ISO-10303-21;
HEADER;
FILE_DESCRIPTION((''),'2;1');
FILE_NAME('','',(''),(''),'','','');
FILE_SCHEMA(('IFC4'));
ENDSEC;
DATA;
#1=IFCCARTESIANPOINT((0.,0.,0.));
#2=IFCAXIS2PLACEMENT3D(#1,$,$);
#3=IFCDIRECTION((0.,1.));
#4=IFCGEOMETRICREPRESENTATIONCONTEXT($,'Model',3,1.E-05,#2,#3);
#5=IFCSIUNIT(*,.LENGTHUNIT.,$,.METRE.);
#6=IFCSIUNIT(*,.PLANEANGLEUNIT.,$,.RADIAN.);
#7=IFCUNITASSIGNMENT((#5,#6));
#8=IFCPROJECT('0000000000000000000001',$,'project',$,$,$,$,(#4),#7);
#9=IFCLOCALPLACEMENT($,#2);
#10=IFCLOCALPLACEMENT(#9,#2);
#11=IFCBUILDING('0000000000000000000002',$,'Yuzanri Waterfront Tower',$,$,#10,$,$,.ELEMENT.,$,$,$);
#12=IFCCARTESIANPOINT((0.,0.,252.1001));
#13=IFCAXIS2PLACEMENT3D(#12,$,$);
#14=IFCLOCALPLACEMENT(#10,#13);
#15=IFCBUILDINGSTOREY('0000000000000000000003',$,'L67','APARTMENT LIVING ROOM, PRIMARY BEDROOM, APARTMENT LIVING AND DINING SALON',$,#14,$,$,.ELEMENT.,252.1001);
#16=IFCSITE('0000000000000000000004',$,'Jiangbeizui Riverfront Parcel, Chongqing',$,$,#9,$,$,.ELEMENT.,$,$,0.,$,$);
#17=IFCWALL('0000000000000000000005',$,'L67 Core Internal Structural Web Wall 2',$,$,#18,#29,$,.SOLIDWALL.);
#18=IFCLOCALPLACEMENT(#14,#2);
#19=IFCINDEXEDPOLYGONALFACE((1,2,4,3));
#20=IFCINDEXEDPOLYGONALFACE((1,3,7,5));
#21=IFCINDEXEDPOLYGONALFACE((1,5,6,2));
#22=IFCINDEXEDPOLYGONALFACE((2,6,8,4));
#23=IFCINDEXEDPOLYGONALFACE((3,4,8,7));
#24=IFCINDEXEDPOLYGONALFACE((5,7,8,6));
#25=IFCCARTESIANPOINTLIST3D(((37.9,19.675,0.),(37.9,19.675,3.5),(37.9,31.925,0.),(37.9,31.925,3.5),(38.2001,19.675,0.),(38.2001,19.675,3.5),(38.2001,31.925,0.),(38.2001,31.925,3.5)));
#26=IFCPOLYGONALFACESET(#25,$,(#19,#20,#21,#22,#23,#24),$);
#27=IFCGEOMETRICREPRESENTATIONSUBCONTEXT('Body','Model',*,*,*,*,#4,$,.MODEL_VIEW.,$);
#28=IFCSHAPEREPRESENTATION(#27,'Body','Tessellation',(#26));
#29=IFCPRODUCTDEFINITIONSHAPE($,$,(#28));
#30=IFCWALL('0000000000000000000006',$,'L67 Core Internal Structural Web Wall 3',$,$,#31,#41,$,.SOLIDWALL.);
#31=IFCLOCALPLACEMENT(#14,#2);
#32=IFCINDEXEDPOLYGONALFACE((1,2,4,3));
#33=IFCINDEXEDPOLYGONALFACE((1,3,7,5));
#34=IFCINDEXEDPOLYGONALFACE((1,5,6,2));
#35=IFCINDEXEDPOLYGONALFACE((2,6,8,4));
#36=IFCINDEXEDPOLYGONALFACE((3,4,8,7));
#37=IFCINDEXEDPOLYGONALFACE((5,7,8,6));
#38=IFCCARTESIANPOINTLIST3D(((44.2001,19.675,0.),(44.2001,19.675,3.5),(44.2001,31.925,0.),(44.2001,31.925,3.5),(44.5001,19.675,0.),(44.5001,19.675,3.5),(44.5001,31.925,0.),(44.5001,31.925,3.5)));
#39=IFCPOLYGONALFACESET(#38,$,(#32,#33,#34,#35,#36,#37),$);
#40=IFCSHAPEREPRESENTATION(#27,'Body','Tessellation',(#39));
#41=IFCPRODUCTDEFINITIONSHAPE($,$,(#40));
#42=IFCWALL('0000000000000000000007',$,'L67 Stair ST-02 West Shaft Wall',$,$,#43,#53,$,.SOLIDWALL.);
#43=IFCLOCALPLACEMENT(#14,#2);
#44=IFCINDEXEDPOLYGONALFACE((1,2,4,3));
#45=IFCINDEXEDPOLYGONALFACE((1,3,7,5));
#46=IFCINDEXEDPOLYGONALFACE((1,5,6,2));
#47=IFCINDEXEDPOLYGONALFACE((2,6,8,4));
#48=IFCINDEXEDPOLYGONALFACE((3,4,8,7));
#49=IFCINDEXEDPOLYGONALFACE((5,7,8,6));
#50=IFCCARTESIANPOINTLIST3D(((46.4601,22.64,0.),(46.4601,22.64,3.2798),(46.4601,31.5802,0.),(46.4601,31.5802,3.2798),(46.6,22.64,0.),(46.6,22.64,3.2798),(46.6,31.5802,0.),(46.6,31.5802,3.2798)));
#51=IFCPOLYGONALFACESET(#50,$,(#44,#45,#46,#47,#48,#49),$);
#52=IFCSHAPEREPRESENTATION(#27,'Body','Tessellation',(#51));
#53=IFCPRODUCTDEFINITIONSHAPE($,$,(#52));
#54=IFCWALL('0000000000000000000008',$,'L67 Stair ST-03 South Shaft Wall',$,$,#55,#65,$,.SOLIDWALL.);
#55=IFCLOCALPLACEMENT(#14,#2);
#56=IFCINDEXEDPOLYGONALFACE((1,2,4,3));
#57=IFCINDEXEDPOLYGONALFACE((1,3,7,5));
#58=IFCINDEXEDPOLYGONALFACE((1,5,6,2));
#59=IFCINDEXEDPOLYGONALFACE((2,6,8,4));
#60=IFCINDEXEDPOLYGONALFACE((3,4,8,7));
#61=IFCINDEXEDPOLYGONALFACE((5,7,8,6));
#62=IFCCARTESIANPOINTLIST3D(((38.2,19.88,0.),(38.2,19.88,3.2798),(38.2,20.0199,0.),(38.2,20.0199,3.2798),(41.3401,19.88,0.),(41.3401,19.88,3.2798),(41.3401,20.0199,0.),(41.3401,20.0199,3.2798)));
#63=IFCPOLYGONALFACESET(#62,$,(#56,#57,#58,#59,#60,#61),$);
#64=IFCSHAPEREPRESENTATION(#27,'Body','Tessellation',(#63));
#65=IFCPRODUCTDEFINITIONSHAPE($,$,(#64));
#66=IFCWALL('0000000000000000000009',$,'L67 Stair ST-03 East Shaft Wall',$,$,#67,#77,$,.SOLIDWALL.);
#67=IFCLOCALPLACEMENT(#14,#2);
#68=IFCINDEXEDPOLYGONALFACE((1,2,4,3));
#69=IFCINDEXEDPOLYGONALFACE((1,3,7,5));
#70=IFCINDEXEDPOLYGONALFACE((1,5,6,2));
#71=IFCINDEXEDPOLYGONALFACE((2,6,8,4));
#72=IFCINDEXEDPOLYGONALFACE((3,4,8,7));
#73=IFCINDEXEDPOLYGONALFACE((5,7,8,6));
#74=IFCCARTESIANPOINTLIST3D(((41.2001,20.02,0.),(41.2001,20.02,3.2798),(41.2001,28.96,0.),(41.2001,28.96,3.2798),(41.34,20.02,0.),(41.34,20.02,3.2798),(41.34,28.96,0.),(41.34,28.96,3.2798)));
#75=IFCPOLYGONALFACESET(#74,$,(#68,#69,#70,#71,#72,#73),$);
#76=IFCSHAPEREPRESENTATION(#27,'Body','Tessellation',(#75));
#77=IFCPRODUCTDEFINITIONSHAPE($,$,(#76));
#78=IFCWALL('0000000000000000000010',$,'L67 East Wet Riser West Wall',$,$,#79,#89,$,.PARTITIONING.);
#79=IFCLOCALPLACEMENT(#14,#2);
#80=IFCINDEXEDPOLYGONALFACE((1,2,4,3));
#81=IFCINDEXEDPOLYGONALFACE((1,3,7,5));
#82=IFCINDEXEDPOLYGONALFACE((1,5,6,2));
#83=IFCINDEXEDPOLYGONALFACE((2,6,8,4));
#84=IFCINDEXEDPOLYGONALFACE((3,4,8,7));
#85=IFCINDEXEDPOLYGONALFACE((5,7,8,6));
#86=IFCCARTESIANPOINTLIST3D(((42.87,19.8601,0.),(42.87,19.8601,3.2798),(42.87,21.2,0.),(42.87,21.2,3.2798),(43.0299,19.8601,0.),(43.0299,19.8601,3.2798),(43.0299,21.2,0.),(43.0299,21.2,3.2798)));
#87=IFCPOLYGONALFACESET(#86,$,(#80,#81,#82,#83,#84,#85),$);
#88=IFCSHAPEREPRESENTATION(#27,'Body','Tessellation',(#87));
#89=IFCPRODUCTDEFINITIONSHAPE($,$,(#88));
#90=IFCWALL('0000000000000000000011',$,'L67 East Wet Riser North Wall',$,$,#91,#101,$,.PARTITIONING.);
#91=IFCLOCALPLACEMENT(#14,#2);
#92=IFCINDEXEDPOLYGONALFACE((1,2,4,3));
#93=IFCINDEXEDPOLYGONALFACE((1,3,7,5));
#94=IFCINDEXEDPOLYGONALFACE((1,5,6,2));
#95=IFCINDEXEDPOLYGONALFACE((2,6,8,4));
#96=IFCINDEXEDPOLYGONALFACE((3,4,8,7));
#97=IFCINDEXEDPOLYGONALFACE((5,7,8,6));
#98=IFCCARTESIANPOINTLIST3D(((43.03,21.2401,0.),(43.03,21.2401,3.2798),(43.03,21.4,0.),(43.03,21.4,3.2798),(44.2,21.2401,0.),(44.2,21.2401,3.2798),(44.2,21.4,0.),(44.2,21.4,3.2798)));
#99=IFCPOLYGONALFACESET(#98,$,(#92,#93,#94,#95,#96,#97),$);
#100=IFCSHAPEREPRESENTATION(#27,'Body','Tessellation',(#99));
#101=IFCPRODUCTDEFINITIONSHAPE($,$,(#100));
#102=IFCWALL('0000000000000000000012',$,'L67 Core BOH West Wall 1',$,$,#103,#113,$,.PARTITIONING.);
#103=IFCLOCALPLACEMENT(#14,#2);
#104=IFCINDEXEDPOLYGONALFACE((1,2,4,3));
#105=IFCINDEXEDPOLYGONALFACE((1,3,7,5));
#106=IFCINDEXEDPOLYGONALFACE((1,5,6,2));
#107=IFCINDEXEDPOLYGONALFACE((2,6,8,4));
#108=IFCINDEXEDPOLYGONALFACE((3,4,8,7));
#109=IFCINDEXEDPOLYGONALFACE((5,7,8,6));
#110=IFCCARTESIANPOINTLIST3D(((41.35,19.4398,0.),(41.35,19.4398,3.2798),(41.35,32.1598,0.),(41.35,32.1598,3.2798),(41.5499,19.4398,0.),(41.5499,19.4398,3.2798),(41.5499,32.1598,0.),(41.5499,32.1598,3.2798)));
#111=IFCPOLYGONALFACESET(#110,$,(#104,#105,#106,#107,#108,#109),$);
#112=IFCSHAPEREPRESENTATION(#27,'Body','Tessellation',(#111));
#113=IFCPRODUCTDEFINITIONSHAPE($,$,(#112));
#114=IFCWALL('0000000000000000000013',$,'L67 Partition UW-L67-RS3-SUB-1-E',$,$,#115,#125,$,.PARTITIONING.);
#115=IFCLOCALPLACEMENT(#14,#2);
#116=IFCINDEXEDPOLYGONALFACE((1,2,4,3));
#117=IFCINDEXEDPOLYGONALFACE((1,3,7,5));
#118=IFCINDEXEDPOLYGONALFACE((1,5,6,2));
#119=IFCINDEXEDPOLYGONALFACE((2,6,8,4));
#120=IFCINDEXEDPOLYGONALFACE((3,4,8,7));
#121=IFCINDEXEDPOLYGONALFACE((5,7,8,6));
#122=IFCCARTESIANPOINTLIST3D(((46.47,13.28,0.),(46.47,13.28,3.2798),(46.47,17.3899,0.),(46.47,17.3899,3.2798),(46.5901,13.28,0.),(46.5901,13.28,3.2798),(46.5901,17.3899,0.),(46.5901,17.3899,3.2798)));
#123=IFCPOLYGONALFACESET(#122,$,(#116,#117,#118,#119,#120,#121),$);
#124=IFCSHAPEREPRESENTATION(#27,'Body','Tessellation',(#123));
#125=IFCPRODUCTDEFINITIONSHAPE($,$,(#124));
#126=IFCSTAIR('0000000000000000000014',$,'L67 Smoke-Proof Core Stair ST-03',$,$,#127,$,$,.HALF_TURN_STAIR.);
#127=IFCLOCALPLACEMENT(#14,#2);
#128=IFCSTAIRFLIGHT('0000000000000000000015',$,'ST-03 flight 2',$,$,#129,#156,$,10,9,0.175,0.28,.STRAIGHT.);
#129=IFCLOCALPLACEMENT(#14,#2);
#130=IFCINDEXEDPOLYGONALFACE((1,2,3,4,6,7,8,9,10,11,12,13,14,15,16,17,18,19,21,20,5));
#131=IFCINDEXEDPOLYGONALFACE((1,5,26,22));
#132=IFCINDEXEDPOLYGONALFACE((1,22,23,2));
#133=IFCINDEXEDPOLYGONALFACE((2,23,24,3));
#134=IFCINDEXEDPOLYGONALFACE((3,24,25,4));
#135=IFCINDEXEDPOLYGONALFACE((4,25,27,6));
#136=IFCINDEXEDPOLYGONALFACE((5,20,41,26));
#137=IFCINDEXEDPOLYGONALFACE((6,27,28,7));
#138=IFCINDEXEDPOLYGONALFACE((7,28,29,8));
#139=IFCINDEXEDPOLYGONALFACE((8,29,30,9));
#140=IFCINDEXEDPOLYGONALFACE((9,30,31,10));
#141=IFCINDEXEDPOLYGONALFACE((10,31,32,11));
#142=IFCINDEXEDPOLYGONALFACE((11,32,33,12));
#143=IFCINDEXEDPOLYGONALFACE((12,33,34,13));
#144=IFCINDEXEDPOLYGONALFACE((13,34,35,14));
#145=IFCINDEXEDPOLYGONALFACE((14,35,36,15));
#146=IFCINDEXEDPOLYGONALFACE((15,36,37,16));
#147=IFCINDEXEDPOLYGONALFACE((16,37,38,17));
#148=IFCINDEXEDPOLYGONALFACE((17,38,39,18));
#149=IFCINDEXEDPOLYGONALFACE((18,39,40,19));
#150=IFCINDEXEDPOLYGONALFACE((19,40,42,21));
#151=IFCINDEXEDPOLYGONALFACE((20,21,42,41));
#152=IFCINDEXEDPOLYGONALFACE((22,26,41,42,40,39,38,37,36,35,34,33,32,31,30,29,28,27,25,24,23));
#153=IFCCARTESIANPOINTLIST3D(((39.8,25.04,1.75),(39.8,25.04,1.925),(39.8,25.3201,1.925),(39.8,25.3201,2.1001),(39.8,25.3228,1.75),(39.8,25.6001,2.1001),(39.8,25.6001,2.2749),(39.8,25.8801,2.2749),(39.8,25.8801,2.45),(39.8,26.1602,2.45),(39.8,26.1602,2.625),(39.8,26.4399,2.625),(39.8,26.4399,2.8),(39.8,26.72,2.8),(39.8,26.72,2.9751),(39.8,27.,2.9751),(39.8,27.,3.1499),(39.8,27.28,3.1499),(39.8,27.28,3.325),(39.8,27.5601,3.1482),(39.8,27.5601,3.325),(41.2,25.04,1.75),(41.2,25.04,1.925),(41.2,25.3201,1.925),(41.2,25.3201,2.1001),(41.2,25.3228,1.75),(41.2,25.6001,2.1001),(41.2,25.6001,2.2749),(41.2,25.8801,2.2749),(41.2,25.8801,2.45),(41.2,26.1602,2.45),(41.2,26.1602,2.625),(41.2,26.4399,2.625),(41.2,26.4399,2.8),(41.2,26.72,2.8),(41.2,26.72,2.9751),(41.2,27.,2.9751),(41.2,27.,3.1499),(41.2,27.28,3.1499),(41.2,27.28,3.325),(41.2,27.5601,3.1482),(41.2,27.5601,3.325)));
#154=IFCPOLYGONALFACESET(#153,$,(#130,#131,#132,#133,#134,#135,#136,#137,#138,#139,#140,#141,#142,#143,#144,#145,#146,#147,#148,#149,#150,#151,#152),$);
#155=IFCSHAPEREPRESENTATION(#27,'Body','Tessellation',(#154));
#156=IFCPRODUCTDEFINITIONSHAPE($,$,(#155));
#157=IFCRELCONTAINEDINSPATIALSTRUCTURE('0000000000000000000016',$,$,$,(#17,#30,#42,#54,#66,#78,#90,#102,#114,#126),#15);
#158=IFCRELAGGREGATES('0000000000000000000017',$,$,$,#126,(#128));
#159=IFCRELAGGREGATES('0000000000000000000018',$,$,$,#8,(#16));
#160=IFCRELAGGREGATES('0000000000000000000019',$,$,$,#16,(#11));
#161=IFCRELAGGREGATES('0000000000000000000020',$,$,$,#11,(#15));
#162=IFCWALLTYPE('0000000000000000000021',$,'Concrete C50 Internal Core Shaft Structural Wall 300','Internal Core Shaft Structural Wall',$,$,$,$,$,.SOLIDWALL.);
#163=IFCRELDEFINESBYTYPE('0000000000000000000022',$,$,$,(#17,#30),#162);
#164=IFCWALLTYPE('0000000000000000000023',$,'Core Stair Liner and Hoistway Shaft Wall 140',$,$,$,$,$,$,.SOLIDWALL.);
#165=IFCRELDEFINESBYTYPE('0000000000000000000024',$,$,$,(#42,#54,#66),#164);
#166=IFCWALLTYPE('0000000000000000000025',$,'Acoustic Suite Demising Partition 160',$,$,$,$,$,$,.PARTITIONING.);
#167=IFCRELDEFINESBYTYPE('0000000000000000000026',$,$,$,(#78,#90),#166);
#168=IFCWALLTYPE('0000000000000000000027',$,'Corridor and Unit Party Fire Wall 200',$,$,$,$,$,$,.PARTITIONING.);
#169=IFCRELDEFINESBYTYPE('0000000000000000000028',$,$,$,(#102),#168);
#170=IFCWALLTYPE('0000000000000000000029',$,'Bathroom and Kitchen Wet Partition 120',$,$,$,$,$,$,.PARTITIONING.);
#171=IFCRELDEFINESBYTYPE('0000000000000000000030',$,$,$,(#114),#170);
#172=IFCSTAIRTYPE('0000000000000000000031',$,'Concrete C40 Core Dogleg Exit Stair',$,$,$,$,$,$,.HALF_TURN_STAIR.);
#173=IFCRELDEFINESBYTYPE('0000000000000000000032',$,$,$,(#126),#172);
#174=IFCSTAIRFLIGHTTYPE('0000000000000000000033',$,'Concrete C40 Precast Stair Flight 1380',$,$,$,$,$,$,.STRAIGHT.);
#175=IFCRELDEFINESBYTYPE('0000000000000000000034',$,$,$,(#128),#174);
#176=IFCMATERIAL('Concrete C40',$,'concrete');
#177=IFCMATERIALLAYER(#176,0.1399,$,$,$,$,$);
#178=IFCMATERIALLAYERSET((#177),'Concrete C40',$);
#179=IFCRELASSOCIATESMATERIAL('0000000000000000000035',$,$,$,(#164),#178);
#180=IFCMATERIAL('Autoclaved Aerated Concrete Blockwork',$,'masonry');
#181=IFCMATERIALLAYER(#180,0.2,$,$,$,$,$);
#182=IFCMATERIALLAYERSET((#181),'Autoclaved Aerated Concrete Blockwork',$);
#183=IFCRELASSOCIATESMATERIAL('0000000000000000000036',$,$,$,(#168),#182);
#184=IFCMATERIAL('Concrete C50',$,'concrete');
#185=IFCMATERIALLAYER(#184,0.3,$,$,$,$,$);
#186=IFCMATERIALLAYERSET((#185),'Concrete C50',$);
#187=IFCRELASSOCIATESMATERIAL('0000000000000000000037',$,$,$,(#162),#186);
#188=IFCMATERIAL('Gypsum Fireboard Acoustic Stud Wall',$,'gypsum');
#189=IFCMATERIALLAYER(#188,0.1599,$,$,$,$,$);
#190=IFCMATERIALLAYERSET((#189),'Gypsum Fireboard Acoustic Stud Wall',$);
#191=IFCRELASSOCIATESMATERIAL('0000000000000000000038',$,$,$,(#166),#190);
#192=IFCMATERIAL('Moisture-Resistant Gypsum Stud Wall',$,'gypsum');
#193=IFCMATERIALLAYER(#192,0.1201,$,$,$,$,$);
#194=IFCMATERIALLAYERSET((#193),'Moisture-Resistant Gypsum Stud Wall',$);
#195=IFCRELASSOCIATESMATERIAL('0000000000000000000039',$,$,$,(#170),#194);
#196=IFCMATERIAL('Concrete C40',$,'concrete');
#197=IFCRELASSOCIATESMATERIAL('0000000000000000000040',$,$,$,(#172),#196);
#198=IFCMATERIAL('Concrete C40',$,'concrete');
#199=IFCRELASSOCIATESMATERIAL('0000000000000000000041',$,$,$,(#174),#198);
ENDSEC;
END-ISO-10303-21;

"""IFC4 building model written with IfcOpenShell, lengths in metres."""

from ifc_helpers import new_model, si_unit, direction, frame, frame_2d, origin, place, context, subcontext, project, spatial, polyline, rectangle, outline, extrude, source, transform, mapped, material, layer, layer_set, type_object, element, aggregate, save


model = new_model("IFC4")

# Units and contexts
model_context = context("Model", 3, precision=1e-05, world=origin(), true_north=direction((0.0, 1.0)))
body_context = subcontext(model_context, "Body", "Model", "MODEL_VIEW")
ifc_project = project(units=[si_unit("LENGTHUNIT", "METRE"), si_unit("PLANEANGLEUNIT", "RADIAN")], contexts=[model_context])

# Site, building, storey
site_placement = place(None, origin())
site = spatial("IfcSite", under=ifc_project, at=site_placement, Name="Jiangbeizui Riverfront Parcel, Chongqing", CompositionType="ELEMENT", RefElevation=0.0)
building_placement = place(site_placement, origin())
building = spatial("IfcBuilding", under=site, at=building_placement, Name="Yuzanri Waterfront Tower", CompositionType="ELEMENT")
storey_placement = place(building_placement, frame((0.0, 0.0, 252.1001)))
storey = spatial("IfcBuildingStorey", under=building, at=storey_placement, Name="L67", Description="APARTMENT LIVING ROOM, PRIMARY BEDROOM, APARTMENT LIVING AND DINING SALON", CompositionType="ELEMENT", Elevation=252.1001)

# Shared definitions
ifc_material_1 = material(Name="Concrete C40", Category="concrete")
ifc_layer_1 = layer(ifc_material_1, 0.1399)
ifc_layer_set_1 = layer_set([ifc_layer_1], Name="Concrete C40")
wall_type_1 = type_object("IfcWallType", Name="Core Stair Liner and Hoistway Shaft Wall 140", PredefinedType="SOLIDWALL", material=ifc_layer_set_1)
ifc_material_2 = material(Name="Autoclaved Aerated Concrete Blockwork", Category="masonry")
ifc_layer_2 = layer(ifc_material_2, 0.2)
ifc_layer_set_2 = layer_set([ifc_layer_2], Name="Autoclaved Aerated Concrete Blockwork")
wall_type_2 = type_object("IfcWallType", Name="Corridor and Unit Party Fire Wall 200", PredefinedType="PARTITIONING", material=ifc_layer_set_2)

# Walls
ifc_material_3 = material(Name="Concrete C50", Category="concrete")
ifc_layer_3 = layer(ifc_material_3, 0.3)
ifc_layer_set_3 = layer_set([ifc_layer_3], Name="Concrete C50")
wall_type_3 = type_object("IfcWallType", Name="Concrete C50 Internal Core Shaft Structural Wall 300", Description="Internal Core Shaft Structural Wall", PredefinedType="SOLIDWALL", material=ifc_layer_set_3)
shared_shape_1 = source(origin(), body_context, "Body", "SweptSolid", [
    extrude(rectangle(XDim=12.25, YDim=0.3, at=frame_2d((6.125, 0.0))), origin(), (0.0, 0.0, 1.0), 3.5),
])
for number, where, z_axis, x_axis, name in (
    (1, (38.05, 19.675, 0.0), (0.0, 0.0, 1.0), (0.0, 1.0, 0.0), "L67 Core Internal Structural Web Wall 2"),
    (2, (44.3501, 19.675, 0.0), (0.0, 0.0, 1.0), (0.0, 1.0, 0.0), "L67 Core Internal Structural Web Wall 3"),
):
    element("IfcWall", number, at=place(storey_placement, frame(where, z_axis=z_axis, x_axis=x_axis)), inside=storey, type_object=wall_type_3, Name=name, PredefinedType="SOLIDWALL", context=body_context, shape_type="MappedRepresentation", body=[
        mapped(shared_shape_1, transform((0.0, 0.0, 0.0), scale=1.0)),
    ])
shared_shape_2 = source(origin(), body_context, "Body", "SweptSolid", [
    extrude(rectangle(XDim=8.9402, YDim=0.1399, at=frame_2d((4.4702, 0.0))), origin(), (0.0, 0.0, 1.0), 3.2798),
])
wall_1_placement = place(storey_placement, frame((46.53, 22.6399, 0.0), z_axis=(0.0, 0.0, 1.0), x_axis=(0.0, 1.0, 0.0)))
element("IfcWall", 3, at=wall_1_placement, inside=storey, type_object=wall_type_1, Name="L67 Stair ST-02 West Shaft Wall", PredefinedType="SOLIDWALL", context=body_context, shape_type="MappedRepresentation", body=[
    mapped(shared_shape_2, transform((0.0, 0.0, 0.0), scale=1.0)),
])
shared_shape_3 = source(origin(), body_context, "Body", "SweptSolid", [
    extrude(rectangle(XDim=3.1401, YDim=0.1399, at=frame_2d((1.5701, 0.0))), origin(), (0.0, 0.0, 1.0), 3.2798),
])
wall_2_placement = place(storey_placement, frame((38.2, 19.95, 0.0), z_axis=(0.0, 0.0, 1.0), x_axis=(1.0, 0.0, 0.0)))
element("IfcWall", 4, at=wall_2_placement, inside=storey, type_object=wall_type_1, Name="L67 Stair ST-03 South Shaft Wall", PredefinedType="SOLIDWALL", context=body_context, shape_type="MappedRepresentation", body=[
    mapped(shared_shape_3, transform((0.0, 0.0, 0.0), scale=1.0)),
])
shared_shape_4 = source(origin(), body_context, "Body", "SweptSolid", [
    extrude(rectangle(XDim=8.9399, YDim=0.1399, at=frame_2d((4.47, 0.0))), origin(), (0.0, 0.0, 1.0), 3.2798),
])
wall_3_placement = place(storey_placement, frame((41.27, 20.02, 0.0), z_axis=(0.0, 0.0, 1.0), x_axis=(0.0, 1.0, 0.0)))
element("IfcWall", 5, at=wall_3_placement, inside=storey, type_object=wall_type_1, Name="L67 Stair ST-03 East Shaft Wall", PredefinedType="SOLIDWALL", context=body_context, shape_type="MappedRepresentation", body=[
    mapped(shared_shape_4, transform((0.0, 0.0, 0.0), scale=1.0)),
])
ifc_material_4 = material(Name="Gypsum Fireboard Acoustic Stud Wall", Category="gypsum")
ifc_layer_4 = layer(ifc_material_4, 0.1599)
ifc_layer_set_4 = layer_set([ifc_layer_4], Name="Gypsum Fireboard Acoustic Stud Wall")
wall_type_4 = type_object("IfcWallType", Name="Acoustic Suite Demising Partition 160", PredefinedType="PARTITIONING", material=ifc_layer_set_4)
shared_shape_5 = source(origin(), body_context, "Body", "SweptSolid", [
    extrude(rectangle(XDim=1.3398, YDim=0.1599, at=frame_2d((0.6699, 0.0))), origin(), (0.0, 0.0, 1.0), 3.2798),
])
wall_4_placement = place(storey_placement, frame((42.95, 19.8601, 0.0), z_axis=(0.0, 0.0, 1.0), x_axis=(0.0, 1.0, 0.0)))
element("IfcWall", 6, at=wall_4_placement, inside=storey, type_object=wall_type_4, Name="L67 East Wet Riser West Wall", PredefinedType="PARTITIONING", context=body_context, shape_type="MappedRepresentation", body=[
    mapped(shared_shape_5, transform((0.0, 0.0, 0.0), scale=1.0)),
])
shared_shape_6 = source(origin(), body_context, "Body", "SweptSolid", [
    extrude(rectangle(XDim=1.1699, YDim=0.1599, at=frame_2d((0.585, 0.0))), origin(), (0.0, 0.0, 1.0), 3.2798),
])
wall_5_placement = place(storey_placement, frame((43.03, 21.3201, 0.0), z_axis=(0.0, 0.0, 1.0), x_axis=(1.0, 0.0, 0.0)))
element("IfcWall", 7, at=wall_5_placement, inside=storey, type_object=wall_type_4, Name="L67 East Wet Riser North Wall", PredefinedType="PARTITIONING", context=body_context, shape_type="MappedRepresentation", body=[
    mapped(shared_shape_6, transform((0.0, 0.0, 0.0), scale=1.0)),
])
shared_shape_7 = source(origin(), body_context, "Body", "SweptSolid", [
    extrude(rectangle(XDim=12.72, YDim=0.2, at=frame_2d((6.3599, 0.0))), origin(), (0.0, 0.0, 1.0), 3.2798),
])
wall_6_placement = place(storey_placement, frame((41.45, 19.4399, 0.0), z_axis=(0.0, 0.0, 1.0), x_axis=(0.0, 1.0, 0.0)))
element("IfcWall", 8, at=wall_6_placement, inside=storey, type_object=wall_type_2, Name="L67 Core BOH West Wall 1", PredefinedType="PARTITIONING", context=body_context, shape_type="MappedRepresentation", body=[
    mapped(shared_shape_7, transform((0.0, 0.0, 0.0), scale=1.0)),
])
ifc_material_5 = material(Name="Moisture-Resistant Gypsum Stud Wall", Category="gypsum")
ifc_layer_5 = layer(ifc_material_5, 0.1201)
ifc_layer_set_5 = layer_set([ifc_layer_5], Name="Moisture-Resistant Gypsum Stud Wall")
wall_type_5 = type_object("IfcWallType", Name="Bathroom and Kitchen Wet Partition 120", PredefinedType="PARTITIONING", material=ifc_layer_set_5)
shared_shape_8 = source(origin(), body_context, "Body", "SweptSolid", [
    extrude(rectangle(XDim=4.1099, YDim=0.1201, at=frame_2d((2.0549, 0.0))), origin(), (0.0, 0.0, 1.0), 3.2798),
])
wall_7_placement = place(storey_placement, frame((46.53, 13.28, 0.0), z_axis=(0.0, 0.0, 1.0), x_axis=(0.0, 1.0, 0.0)))
element("IfcWall", 9, at=wall_7_placement, inside=storey, type_object=wall_type_5, Name="L67 Partition UW-L67-RS3-SUB-1-E", PredefinedType="PARTITIONING", context=body_context, shape_type="MappedRepresentation", body=[
    mapped(shared_shape_8, transform((0.0, 0.0, 0.0), scale=1.0)),
])

# Stair, stair flight
ifc_material_6 = material(Name="Concrete C40", Category="concrete")
stair_type = type_object("IfcStairType", Name="Concrete C40 Core Dogleg Exit Stair", PredefinedType="HALF_TURN_STAIR", material=ifc_material_6)
stair_placement = place(storey_placement, origin())
stair = element("IfcStair", 10, at=stair_placement, inside=storey, type_object=stair_type, Name="L67 Smoke-Proof Core Stair ST-03", PredefinedType="HALF_TURN_STAIR")
ifc_material_7 = material(Name="Concrete C40", Category="concrete")
stair_flight_type = type_object("IfcStairFlightType", Name="Concrete C40 Precast Stair Flight 1380", PredefinedType="STRAIGHT", material=ifc_material_7)
shared_shape_9 = source(origin(), body_context, "Body", "SweptSolid", [
    extrude(outline(polyline([(0.0, 0.0), (0.0, 0.175), (0.28, 0.175), (0.28, 0.3501), (0.5601, 0.3501), (0.5601, 0.5249), (0.8401, 0.5249), (0.8401, 0.7), (1.1201, 0.7), (1.1201, 0.875), (1.3999, 0.875), (1.3999, 1.05), (1.6799, 1.05), (1.6799, 1.2251), (1.96, 1.2251), (1.96, 1.3999), (2.24, 1.3999), (2.24, 1.575), (2.52, 1.575), (2.52, 1.75), (2.52, 1.3982), (0.2827, 0.0), (0.0, 0.0)])), frame((0.0, 0.7, 0.0), z_axis=(0.0, -1.0, 0.0), x_axis=(1.0, 0.0, 0.0)), (0.0, 0.0, 1.0), 1.3999),
])
stair_flight_placement = place(storey_placement, frame((40.5, 25.04, 1.75), z_axis=(0.0, 0.0, 1.0), x_axis=(0.0, 1.0, 0.0)))
stair_flight = element("IfcStairFlight", 11, at=stair_flight_placement, type_object=stair_flight_type, Name="ST-03 flight 2", NumberOfRisers=10, NumberOfTreads=9, PredefinedType="STRAIGHT", RiserHeight=0.175, TreadLength=0.28, context=body_context, shape_type="MappedRepresentation", body=[
    mapped(shared_shape_9, transform((0.0, 0.0, 0.0), scale=1.0)),
])
aggregate(stair, [stair_flight])

save(model, "model.ifc")
